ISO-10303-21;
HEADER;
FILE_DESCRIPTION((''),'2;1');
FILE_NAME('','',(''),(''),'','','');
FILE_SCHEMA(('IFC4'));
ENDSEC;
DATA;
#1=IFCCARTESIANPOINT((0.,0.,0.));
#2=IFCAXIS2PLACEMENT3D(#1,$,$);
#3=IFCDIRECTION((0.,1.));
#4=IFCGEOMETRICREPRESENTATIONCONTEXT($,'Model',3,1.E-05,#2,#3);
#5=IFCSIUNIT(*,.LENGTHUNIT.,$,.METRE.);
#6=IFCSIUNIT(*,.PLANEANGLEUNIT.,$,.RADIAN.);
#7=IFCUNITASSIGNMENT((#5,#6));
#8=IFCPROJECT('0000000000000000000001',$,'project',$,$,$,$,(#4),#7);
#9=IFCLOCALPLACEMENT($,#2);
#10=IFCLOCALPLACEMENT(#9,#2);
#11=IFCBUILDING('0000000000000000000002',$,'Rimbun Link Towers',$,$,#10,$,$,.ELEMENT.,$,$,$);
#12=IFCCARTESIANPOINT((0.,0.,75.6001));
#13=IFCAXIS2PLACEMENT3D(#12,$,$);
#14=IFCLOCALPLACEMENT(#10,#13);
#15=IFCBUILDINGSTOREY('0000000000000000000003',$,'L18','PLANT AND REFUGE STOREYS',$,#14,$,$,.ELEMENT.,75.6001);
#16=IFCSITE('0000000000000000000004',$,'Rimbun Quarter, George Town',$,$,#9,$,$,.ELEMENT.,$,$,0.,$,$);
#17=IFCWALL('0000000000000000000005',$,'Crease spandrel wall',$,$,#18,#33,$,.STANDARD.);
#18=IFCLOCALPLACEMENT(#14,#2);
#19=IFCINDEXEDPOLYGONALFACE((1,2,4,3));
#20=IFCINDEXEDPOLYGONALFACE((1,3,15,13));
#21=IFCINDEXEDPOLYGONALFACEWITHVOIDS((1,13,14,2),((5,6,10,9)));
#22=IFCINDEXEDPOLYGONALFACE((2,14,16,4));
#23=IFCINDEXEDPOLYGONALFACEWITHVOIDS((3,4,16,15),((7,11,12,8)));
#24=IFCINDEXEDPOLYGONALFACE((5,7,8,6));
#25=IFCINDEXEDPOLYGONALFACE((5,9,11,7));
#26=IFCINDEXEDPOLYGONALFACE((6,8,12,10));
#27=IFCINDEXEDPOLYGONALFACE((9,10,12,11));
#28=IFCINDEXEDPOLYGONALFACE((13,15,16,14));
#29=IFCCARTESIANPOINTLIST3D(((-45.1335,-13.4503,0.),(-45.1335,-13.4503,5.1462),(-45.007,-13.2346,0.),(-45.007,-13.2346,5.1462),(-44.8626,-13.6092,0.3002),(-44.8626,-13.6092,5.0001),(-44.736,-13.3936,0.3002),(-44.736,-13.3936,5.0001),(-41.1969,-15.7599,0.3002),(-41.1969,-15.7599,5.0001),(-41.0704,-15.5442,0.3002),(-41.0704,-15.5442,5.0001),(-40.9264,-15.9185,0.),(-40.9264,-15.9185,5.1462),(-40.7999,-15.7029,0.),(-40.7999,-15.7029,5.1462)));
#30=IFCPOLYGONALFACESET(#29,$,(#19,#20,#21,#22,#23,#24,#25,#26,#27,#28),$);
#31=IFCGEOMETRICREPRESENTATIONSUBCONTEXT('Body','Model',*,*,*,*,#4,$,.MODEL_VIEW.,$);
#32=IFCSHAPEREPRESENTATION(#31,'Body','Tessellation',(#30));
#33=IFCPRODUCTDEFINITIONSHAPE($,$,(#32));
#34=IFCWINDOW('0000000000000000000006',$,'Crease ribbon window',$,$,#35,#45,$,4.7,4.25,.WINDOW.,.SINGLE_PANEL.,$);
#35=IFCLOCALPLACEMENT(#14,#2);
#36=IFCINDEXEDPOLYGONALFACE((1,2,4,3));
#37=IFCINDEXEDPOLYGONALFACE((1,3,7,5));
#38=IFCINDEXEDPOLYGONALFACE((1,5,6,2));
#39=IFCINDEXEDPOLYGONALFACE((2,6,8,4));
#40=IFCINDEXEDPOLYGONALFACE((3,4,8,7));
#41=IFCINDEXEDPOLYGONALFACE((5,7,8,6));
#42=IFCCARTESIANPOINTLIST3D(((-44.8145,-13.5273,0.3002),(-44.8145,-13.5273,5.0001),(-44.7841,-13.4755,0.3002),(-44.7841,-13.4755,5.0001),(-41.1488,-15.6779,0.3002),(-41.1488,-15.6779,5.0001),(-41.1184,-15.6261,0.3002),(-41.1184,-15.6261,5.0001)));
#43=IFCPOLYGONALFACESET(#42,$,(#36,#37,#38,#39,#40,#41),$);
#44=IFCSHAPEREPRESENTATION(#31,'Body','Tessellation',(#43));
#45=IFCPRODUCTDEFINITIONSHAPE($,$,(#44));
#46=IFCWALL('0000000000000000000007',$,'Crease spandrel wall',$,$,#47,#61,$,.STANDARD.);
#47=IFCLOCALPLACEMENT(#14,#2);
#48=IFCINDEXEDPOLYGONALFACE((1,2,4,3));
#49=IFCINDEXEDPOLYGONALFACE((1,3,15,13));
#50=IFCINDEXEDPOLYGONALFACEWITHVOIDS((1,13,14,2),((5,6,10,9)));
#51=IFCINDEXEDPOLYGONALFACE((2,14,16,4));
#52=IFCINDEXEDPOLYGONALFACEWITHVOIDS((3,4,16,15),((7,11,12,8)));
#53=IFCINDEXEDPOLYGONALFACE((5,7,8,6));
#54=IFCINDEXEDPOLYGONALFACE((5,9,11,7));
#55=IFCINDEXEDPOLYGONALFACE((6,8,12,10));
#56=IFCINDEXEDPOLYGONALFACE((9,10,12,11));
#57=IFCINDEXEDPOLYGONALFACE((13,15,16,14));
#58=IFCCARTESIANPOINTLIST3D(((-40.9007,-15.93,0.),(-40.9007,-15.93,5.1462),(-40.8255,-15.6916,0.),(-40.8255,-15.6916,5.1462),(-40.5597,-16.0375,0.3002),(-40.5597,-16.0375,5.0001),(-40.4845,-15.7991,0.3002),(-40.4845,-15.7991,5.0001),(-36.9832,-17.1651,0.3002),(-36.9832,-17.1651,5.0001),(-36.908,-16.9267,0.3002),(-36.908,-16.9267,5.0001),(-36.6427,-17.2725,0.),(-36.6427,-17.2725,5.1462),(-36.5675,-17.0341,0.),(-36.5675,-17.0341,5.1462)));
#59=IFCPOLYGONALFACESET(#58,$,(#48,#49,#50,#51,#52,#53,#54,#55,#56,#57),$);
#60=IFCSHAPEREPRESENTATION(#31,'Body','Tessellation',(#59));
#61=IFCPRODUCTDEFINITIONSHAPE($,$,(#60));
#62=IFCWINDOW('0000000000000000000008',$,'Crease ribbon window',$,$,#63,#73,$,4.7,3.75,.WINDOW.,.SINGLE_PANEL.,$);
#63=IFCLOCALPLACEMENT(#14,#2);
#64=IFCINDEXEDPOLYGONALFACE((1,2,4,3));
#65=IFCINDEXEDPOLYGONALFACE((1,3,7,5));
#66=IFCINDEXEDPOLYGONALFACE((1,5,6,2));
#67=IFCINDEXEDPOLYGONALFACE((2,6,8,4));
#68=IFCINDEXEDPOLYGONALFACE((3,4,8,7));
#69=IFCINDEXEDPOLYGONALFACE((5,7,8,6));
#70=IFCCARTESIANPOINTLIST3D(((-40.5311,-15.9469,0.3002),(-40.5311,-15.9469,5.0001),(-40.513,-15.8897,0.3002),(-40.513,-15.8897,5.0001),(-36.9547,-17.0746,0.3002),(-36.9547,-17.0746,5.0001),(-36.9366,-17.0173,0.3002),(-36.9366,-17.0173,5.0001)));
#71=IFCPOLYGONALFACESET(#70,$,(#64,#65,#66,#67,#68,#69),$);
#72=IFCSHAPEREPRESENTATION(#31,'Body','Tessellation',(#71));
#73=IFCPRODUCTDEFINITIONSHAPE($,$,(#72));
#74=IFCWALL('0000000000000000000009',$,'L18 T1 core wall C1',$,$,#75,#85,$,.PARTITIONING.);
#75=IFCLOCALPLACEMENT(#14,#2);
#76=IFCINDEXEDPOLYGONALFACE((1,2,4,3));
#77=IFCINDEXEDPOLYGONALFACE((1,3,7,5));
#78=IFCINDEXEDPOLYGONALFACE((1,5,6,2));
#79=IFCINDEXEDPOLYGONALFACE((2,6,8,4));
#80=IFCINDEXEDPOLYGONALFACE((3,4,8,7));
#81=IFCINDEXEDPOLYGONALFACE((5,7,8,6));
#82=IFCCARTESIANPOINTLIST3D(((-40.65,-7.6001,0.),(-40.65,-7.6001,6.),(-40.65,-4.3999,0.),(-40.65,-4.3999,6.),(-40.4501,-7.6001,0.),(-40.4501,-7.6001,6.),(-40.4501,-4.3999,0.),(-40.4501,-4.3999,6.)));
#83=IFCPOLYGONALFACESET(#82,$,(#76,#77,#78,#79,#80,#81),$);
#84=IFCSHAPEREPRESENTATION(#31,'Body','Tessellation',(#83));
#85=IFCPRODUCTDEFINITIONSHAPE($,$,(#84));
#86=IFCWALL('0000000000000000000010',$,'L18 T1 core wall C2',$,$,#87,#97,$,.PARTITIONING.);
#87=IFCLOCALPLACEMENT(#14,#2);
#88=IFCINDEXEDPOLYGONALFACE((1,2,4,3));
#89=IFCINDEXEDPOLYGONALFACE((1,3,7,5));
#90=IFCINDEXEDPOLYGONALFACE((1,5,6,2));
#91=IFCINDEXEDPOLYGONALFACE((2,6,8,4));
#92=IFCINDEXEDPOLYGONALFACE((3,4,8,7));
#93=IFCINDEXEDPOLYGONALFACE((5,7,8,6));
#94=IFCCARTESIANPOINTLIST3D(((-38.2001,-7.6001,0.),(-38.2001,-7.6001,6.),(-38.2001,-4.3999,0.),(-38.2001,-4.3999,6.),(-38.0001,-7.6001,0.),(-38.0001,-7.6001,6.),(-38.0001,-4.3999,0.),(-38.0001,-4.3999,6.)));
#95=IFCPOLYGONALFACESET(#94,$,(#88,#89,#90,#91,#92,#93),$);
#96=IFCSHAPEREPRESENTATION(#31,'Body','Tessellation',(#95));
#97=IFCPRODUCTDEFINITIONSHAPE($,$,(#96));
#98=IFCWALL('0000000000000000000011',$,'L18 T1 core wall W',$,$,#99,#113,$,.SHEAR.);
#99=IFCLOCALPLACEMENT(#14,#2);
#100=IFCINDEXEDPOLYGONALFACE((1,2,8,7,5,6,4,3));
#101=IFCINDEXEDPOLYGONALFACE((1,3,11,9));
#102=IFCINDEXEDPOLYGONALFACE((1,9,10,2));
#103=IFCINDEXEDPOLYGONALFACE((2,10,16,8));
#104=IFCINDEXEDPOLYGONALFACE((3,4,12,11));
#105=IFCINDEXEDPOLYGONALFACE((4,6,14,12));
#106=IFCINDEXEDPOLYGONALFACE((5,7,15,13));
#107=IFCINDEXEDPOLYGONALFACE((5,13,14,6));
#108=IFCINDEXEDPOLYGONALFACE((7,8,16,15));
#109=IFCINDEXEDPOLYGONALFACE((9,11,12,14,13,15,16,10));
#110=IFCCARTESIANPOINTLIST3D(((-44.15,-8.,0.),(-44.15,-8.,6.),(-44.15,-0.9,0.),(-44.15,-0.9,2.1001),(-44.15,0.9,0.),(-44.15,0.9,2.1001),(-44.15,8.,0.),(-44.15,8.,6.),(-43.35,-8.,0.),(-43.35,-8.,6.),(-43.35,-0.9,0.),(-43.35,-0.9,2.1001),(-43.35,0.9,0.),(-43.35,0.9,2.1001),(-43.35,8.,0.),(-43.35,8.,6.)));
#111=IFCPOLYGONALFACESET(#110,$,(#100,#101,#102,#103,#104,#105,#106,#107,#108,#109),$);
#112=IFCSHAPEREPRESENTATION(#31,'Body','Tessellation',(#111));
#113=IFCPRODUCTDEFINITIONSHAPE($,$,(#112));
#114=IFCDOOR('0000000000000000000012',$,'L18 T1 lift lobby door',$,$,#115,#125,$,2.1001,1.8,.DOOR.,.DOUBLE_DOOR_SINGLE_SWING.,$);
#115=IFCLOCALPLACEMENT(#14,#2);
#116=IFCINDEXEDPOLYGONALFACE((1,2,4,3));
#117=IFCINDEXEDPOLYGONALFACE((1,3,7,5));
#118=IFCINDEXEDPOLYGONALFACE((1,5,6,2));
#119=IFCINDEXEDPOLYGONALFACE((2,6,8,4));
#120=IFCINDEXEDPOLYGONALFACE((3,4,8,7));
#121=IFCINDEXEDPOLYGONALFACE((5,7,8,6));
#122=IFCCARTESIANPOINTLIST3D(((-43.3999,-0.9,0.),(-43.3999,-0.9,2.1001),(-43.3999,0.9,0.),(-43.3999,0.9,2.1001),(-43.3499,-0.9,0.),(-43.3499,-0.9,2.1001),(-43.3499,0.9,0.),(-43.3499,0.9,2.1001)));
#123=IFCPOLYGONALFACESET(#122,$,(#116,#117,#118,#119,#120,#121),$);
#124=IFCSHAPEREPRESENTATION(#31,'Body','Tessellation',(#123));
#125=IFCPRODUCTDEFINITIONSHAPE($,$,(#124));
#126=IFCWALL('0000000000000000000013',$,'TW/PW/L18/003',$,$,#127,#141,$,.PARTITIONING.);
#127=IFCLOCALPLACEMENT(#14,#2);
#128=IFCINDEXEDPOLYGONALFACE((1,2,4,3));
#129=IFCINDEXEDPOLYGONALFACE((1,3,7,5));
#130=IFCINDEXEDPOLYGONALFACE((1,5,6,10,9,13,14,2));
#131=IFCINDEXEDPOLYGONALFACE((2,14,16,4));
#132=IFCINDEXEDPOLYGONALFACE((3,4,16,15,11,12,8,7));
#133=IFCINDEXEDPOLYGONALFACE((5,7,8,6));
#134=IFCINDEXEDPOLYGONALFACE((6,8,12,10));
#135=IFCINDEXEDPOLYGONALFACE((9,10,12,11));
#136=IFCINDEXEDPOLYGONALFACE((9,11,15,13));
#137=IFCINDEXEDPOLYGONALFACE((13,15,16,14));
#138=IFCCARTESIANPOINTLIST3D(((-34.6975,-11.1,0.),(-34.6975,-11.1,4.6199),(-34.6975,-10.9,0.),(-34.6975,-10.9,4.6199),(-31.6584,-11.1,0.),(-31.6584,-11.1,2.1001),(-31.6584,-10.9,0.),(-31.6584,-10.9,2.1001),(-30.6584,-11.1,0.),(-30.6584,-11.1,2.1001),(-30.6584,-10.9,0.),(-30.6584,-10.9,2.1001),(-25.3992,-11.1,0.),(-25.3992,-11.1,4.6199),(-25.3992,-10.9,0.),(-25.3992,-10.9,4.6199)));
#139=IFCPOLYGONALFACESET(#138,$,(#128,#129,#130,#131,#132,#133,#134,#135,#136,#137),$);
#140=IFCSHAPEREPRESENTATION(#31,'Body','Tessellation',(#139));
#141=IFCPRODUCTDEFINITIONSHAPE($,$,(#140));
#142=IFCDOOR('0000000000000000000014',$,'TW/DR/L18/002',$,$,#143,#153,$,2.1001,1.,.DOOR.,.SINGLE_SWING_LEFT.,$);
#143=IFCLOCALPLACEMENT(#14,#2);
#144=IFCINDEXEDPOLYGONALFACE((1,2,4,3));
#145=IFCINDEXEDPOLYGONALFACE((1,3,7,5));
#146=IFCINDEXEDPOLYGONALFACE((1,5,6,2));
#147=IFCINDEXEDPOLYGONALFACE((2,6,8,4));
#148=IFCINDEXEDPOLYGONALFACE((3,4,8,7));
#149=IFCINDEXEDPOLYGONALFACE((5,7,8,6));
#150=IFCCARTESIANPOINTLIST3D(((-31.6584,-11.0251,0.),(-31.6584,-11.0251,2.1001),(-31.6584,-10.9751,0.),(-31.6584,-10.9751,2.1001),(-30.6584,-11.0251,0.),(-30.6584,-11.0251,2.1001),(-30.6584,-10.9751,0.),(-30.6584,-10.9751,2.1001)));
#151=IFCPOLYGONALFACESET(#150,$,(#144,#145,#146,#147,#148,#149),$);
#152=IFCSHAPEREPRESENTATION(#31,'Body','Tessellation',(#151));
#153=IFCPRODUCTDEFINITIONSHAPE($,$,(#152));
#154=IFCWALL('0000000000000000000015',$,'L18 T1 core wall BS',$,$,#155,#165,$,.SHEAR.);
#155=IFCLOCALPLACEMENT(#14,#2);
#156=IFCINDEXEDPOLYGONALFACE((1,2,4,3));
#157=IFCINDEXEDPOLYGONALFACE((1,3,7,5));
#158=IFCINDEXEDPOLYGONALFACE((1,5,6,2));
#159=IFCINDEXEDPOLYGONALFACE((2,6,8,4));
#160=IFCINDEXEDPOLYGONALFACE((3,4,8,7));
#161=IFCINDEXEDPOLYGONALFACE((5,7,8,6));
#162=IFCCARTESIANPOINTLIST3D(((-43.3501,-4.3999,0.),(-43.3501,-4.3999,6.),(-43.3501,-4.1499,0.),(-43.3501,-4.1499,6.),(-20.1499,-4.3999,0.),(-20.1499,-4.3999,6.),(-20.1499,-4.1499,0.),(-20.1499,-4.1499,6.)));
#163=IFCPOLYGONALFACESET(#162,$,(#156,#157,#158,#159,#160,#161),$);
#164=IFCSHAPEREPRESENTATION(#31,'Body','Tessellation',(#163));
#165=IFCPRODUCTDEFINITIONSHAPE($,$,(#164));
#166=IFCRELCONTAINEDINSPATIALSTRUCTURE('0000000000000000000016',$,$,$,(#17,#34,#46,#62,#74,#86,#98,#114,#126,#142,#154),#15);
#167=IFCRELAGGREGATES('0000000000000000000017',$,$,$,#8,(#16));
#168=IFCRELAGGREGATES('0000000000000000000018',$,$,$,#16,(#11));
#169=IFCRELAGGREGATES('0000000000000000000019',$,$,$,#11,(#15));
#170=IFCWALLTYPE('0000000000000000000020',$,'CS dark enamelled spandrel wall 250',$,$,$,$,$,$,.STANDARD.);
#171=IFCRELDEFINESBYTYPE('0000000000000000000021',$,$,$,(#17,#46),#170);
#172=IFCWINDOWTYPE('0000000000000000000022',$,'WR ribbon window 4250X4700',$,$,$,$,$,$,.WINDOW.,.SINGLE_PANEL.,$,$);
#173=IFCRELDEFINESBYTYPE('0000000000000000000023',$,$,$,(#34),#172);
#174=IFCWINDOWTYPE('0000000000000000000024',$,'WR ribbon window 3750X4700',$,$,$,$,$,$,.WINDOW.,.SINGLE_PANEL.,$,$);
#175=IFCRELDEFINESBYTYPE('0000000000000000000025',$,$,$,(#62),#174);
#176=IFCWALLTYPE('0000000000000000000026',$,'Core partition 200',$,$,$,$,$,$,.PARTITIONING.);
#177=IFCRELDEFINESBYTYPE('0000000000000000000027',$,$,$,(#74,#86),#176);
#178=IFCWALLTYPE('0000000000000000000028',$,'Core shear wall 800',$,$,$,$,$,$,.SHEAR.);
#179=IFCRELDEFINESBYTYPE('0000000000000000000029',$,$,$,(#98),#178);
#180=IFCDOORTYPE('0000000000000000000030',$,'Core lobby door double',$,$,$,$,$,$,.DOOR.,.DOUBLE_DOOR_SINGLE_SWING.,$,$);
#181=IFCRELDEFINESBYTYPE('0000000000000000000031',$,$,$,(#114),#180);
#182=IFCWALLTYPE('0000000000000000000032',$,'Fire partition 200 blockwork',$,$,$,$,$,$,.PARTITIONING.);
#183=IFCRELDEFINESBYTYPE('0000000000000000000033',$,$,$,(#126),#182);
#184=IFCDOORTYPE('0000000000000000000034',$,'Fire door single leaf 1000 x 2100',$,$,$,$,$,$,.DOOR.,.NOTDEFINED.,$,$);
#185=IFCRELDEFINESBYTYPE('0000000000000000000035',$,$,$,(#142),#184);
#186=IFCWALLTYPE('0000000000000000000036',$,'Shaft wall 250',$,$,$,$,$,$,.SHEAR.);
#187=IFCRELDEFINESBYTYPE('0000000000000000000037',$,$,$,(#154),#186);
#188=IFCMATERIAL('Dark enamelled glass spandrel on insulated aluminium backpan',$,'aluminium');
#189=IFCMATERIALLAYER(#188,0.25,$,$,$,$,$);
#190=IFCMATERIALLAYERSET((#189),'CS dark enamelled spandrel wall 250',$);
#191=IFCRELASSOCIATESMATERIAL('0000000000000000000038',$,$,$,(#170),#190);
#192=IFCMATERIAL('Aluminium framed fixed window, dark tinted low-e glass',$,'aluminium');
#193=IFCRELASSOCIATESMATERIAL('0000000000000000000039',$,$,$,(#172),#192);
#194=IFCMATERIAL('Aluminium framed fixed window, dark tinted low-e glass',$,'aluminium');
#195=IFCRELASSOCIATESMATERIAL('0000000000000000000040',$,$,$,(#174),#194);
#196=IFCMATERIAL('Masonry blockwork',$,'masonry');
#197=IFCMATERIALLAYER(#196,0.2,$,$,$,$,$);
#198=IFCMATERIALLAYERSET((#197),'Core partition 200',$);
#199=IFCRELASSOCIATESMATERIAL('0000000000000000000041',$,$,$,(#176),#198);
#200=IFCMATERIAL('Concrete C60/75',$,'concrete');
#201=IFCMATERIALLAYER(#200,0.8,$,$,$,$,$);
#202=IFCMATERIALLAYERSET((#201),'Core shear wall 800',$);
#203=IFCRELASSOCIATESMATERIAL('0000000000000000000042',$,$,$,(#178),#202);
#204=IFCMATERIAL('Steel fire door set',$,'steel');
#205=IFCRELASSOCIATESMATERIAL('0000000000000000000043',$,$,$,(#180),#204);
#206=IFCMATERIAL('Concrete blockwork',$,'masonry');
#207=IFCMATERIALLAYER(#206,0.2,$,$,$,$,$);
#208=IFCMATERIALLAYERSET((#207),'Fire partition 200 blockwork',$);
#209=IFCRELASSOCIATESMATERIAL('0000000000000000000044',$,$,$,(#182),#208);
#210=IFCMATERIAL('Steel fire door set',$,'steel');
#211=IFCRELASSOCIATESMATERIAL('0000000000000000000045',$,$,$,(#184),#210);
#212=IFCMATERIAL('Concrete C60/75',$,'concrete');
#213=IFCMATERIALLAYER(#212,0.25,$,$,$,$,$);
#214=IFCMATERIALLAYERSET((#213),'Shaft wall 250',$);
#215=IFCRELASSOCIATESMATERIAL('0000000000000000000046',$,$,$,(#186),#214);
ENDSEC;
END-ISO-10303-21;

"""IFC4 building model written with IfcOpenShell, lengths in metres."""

from ifc_helpers import new_model, si_unit, direction, frame, frame_2d, origin, place, context, subcontext, project, spatial, rectangle, extrude, material, layer, layer_set, type_object, element, fill, save


model = new_model("IFC4")

# Units and contexts
model_context = context("Model", 3, precision=1e-05, world=origin(), true_north=direction((0.0, 1.0)))
body_context = subcontext(model_context, "Body", "Model", "MODEL_VIEW")
ifc_project = project(units=[si_unit("LENGTHUNIT", "METRE"), si_unit("PLANEANGLEUNIT", "RADIAN")], contexts=[model_context])

# Site, building, storey
site_placement = place(None, origin())
site = spatial("IfcSite", under=ifc_project, at=site_placement, Name="Rimbun Quarter, George Town", CompositionType="ELEMENT", RefElevation=0.0)
building_placement = place(site_placement, origin())
building = spatial("IfcBuilding", under=site, at=building_placement, Name="Rimbun Link Towers", CompositionType="ELEMENT")
storey_placement = place(building_placement, frame((0.0, 0.0, 75.6001)))
storey = spatial("IfcBuildingStorey", under=building, at=storey_placement, Name="L18", Description="PLANT AND REFUGE STOREYS", CompositionType="ELEMENT", Elevation=75.6001)

# Walls, openings, windows
ifc_material_1 = material(Name="Dark enamelled glass spandrel on insulated aluminium backpan", Category="aluminium")
ifc_layer_1 = layer(ifc_material_1, 0.25)
ifc_layer_set_1 = layer_set([ifc_layer_1], Name="CS dark enamelled spandrel wall 250")
wall_type_1 = type_object("IfcWallType", Name="CS dark enamelled spandrel wall 250", PredefinedType="STANDARD", material=ifc_layer_set_1)
wall_1_placement = place(storey_placement, frame((-40.863, -15.8108, 0.0), z_axis=(0.0, 0.0, 1.0), x_axis=(-0.862513, 0.506035, 0.0)))
wall_1 = element("IfcWall", 1, at=wall_1_placement, inside=storey, type_object=wall_type_1, Name="Crease spandrel wall", PredefinedType="STANDARD", context=body_context, shape_type="SweptSolid", body=[
    extrude(rectangle(XDim=4.8777, YDim=0.25, at=frame_2d((2.439, 0.0))), origin(), (0.0, 0.0, 1.0), 5.1462),
])
opening_1_placement = place(wall_1_placement, frame((0.3137, 0.0, 0.3)))
opening_1 = element("IfcOpeningElement", 2, at=opening_1_placement, cuts=wall_1, PredefinedType="OPENING", context=body_context, shape_type="SweptSolid", body=[
    extrude(rectangle(XDim=4.25, YDim=4.7, at=frame_2d((2.125, 2.3501))), frame((0.0, 0.135, 0.0), z_axis=(0.0, -1.0, 0.0), x_axis=(1.0, 0.0, 0.0)), (0.0, 0.0, 1.0), 0.27),
])
ifc_material_2 = material(Name="Aluminium framed fixed window, dark tinted low-e glass", Category="aluminium")
window_type_1 = type_object("IfcWindowType", Name="WR ribbon window 4250X4700", PartitioningType="SINGLE_PANEL", PredefinedType="WINDOW", material=ifc_material_2)
window_1_placement = place(opening_1_placement, origin())
window_1 = element("IfcWindow", 3, at=window_1_placement, inside=storey, type_object=window_type_1, Name="Crease ribbon window", OverallHeight=4.7, OverallWidth=4.25, PartitioningType="SINGLE_PANEL", PredefinedType="WINDOW", context=body_context, shape_type="SweptSolid", body=[
    extrude(rectangle(XDim=4.25, YDim=4.7, at=frame_2d((2.125, 2.3501))), frame((0.0, 0.03, 0.0), z_axis=(0.0, -1.0, 0.0), x_axis=(1.0, 0.0, 0.0)), (0.0, 0.0, 1.0), 0.0601),
])
fill(opening_1, window_1)
wall_2_placement = place(storey_placement, frame((-36.605, -17.1533, 0.0), z_axis=(0.0, 0.0, 1.0), x_axis=(-0.953719, 0.3007, 0.0)))
wall_2 = element("IfcWall", 4, at=wall_2_placement, inside=storey, type_object=wall_type_1, Name="Crease spandrel wall", PredefinedType="STANDARD", context=body_context, shape_type="SweptSolid", body=[
    extrude(rectangle(XDim=4.4646, YDim=0.25, at=frame_2d((2.2324, 0.0))), origin(), (0.0, 0.0, 1.0), 5.1462),
])
opening_2_placement = place(wall_2_placement, frame((0.3572, 0.0, 0.3)))
opening_2 = element("IfcOpeningElement", 5, at=opening_2_placement, cuts=wall_2, PredefinedType="OPENING", context=body_context, shape_type="SweptSolid", body=[
    extrude(rectangle(XDim=3.75, YDim=4.7, at=frame_2d((1.875, 2.3501))), frame((0.0, 0.135, 0.0), z_axis=(0.0, -1.0, 0.0), x_axis=(1.0, 0.0, 0.0)), (0.0, 0.0, 1.0), 0.27),
])
ifc_material_3 = material(Name="Aluminium framed fixed window, dark tinted low-e glass", Category="aluminium")
window_type_2 = type_object("IfcWindowType", Name="WR ribbon window 3750X4700", PartitioningType="SINGLE_PANEL", PredefinedType="WINDOW", material=ifc_material_3)
window_2_placement = place(opening_2_placement, origin())
window_2 = element("IfcWindow", 6, at=window_2_placement, inside=storey, type_object=window_type_2, Name="Crease ribbon window", OverallHeight=4.7, OverallWidth=3.75, PartitioningType="SINGLE_PANEL", PredefinedType="WINDOW", context=body_context, shape_type="SweptSolid", body=[
    extrude(rectangle(XDim=3.75, YDim=4.7, at=frame_2d((1.875, 2.3501))), frame((0.0, 0.03, 0.0), z_axis=(0.0, -1.0, 0.0), x_axis=(1.0, 0.0, 0.0)), (0.0, 0.0, 1.0), 0.0601),
])
fill(opening_2, window_2)

# Walls
ifc_material_4 = material(Name="Masonry blockwork", Category="masonry")
ifc_layer_2 = layer(ifc_material_4, 0.2)
ifc_layer_set_2 = layer_set([ifc_layer_2], Name="Core partition 200")
wall_type_2 = type_object("IfcWallType", Name="Core partition 200", PredefinedType="PARTITIONING", material=ifc_layer_set_2)
for number, where, z_axis, x_axis, name in (
    (7, (-40.55, -4.3999, 0.0), (0.0, 0.0, 1.0), (0.0, -1.0, 0.0), "L18 T1 core wall C1"),
    (8, (-38.1001, -4.3999, 0.0), (0.0, 0.0, 1.0), (0.0, -1.0, 0.0), "L18 T1 core wall C2"),
):
    element("IfcWall", number, at=place(storey_placement, frame(where, z_axis=z_axis, x_axis=x_axis)), inside=storey, type_object=wall_type_2, Name=name, PredefinedType="PARTITIONING", context=body_context, shape_type="SweptSolid", body=[
        extrude(rectangle(XDim=3.2002, YDim=0.2, at=frame_2d((1.6001, 0.0))), origin(), (0.0, 0.0, 1.0), 6.0),
    ])

# Walls, openings, doors
ifc_material_5 = material(Name="Concrete C60/75", Category="concrete")
ifc_layer_3 = layer(ifc_material_5, 0.8)
ifc_layer_set_3 = layer_set([ifc_layer_3], Name="Core shear wall 800")
wall_type_3 = type_object("IfcWallType", Name="Core shear wall 800", PredefinedType="SHEAR", material=ifc_layer_set_3)
wall_3_placement = place(storey_placement, frame((-43.75, -8.0, 0.0), z_axis=(0.0, 0.0, 1.0), x_axis=(0.0, 1.0, 0.0)))
wall_3 = element("IfcWall", 9, at=wall_3_placement, inside=storey, type_object=wall_type_3, Name="L18 T1 core wall W", PredefinedType="SHEAR", context=body_context, shape_type="SweptSolid", body=[
    extrude(rectangle(XDim=16.0, YDim=0.8, at=frame_2d((8.0, 0.0))), origin(), (0.0, 0.0, 1.0), 6.0),
])
opening_3_placement = place(wall_3_placement, frame((7.1001, 0.0, 0.0)))
opening_3 = element("IfcOpeningElement", 10, at=opening_3_placement, cuts=wall_3, PredefinedType="OPENING", context=body_context, shape_type="SweptSolid", body=[
    extrude(rectangle(XDim=1.8, YDim=2.1001, at=frame_2d((0.8999, 1.05))), frame((0.0, 0.4099, 0.0), z_axis=(0.0, -1.0, 0.0), x_axis=(1.0, 0.0, 0.0)), (0.0, 0.0, 1.0), 0.8201),
])
ifc_material_6 = material(Name="Steel fire door set", Category="steel")
door_type_1 = type_object("IfcDoorType", Name="Core lobby door double", OperationType="DOUBLE_DOOR_SINGLE_SWING", PredefinedType="DOOR", material=ifc_material_6)
door_1_placement = place(opening_3_placement, origin())
door_1 = element("IfcDoor", 11, at=door_1_placement, inside=storey, type_object=door_type_1, Name="L18 T1 lift lobby door", OperationType="DOUBLE_DOOR_SINGLE_SWING", OverallHeight=2.1001, OverallWidth=1.8, PredefinedType="DOOR", context=body_context, shape_type="SweptSolid", body=[
    extrude(rectangle(XDim=1.8, YDim=2.1001, at=frame_2d((0.8999, 1.05))), frame((0.0, -0.3501, 0.0), z_axis=(0.0, -1.0, 0.0), x_axis=(1.0, 0.0, 0.0)), (0.0, 0.0, 1.0), 0.05),
])
fill(opening_3, door_1)
ifc_material_7 = material(Name="Concrete blockwork", Category="masonry")
ifc_layer_4 = layer(ifc_material_7, 0.2)
ifc_layer_set_4 = layer_set([ifc_layer_4], Name="Fire partition 200 blockwork")
wall_type_4 = type_object("IfcWallType", Name="Fire partition 200 blockwork", PredefinedType="PARTITIONING", material=ifc_layer_set_4)
wall_4_placement = place(storey_placement, frame((-34.6975, -11.0, 0.0), z_axis=(0.0, 0.0, 1.0), x_axis=(1.0, 0.0, 0.0)))
wall_4 = element("IfcWall", 12, at=wall_4_placement, inside=storey, type_object=wall_type_4, Name="TW/PW/L18/003", PredefinedType="PARTITIONING", context=body_context, shape_type="SweptSolid", body=[
    extrude(rectangle(XDim=9.2983, YDim=0.2, at=frame_2d((4.6492, 0.0))), origin(), (0.0, 0.0, 1.0), 4.6199),
])
opening_4_placement = place(wall_4_placement, frame((3.0391, 0.0, 0.0)))
opening_4 = element("IfcOpeningElement", 13, at=opening_4_placement, cuts=wall_4, PredefinedType="OPENING", context=body_context, shape_type="SweptSolid", body=[
    extrude(rectangle(XDim=1.0, YDim=2.1001, at=frame_2d((0.5, 1.05))), frame((0.0, 0.1099, 0.0), z_axis=(0.0, -1.0, 0.0), x_axis=(1.0, 0.0, 0.0)), (0.0, 0.0, 1.0), 0.22),
])
ifc_material_8 = material(Name="Steel fire door set", Category="steel")
door_type_2 = type_object("IfcDoorType", Name="Fire door single leaf 1000 x 2100", OperationType="NOTDEFINED", PredefinedType="DOOR", material=ifc_material_8)
door_2_placement = place(opening_4_placement, origin())
door_2 = element("IfcDoor", 14, at=door_2_placement, inside=storey, type_object=door_type_2, Name="TW/DR/L18/002", OperationType="SINGLE_SWING_LEFT", OverallHeight=2.1001, OverallWidth=1.0, PredefinedType="DOOR", context=body_context, shape_type="SweptSolid", body=[
    extrude(rectangle(XDim=1.0, YDim=2.1001, at=frame_2d((0.5, 1.05))), frame((0.0, 0.0249, 0.0), z_axis=(0.0, -1.0, 0.0), x_axis=(1.0, 0.0, 0.0)), (0.0, 0.0, 1.0), 0.05),
])
fill(opening_4, door_2)

# Wall
ifc_material_9 = material(Name="Concrete C60/75", Category="concrete")
ifc_layer_5 = layer(ifc_material_9, 0.25)
ifc_layer_set_5 = layer_set([ifc_layer_5], Name="Shaft wall 250")
wall_type_5 = type_object("IfcWallType", Name="Shaft wall 250", PredefinedType="SHEAR", material=ifc_layer_set_5)
wall_5_placement = place(storey_placement, frame((-43.3501, -4.2749, 0.0), z_axis=(0.0, 0.0, 1.0), x_axis=(1.0, 0.0, 0.0)))
element("IfcWall", 15, at=wall_5_placement, inside=storey, type_object=wall_type_5, Name="L18 T1 core wall BS", PredefinedType="SHEAR", context=body_context, shape_type="SweptSolid", body=[
    extrude(rectangle(XDim=23.2002, YDim=0.25, at=frame_2d((11.6001, 0.0))), origin(), (0.0, 0.0, 1.0), 6.0),
])

save(model, "model.ifc")
